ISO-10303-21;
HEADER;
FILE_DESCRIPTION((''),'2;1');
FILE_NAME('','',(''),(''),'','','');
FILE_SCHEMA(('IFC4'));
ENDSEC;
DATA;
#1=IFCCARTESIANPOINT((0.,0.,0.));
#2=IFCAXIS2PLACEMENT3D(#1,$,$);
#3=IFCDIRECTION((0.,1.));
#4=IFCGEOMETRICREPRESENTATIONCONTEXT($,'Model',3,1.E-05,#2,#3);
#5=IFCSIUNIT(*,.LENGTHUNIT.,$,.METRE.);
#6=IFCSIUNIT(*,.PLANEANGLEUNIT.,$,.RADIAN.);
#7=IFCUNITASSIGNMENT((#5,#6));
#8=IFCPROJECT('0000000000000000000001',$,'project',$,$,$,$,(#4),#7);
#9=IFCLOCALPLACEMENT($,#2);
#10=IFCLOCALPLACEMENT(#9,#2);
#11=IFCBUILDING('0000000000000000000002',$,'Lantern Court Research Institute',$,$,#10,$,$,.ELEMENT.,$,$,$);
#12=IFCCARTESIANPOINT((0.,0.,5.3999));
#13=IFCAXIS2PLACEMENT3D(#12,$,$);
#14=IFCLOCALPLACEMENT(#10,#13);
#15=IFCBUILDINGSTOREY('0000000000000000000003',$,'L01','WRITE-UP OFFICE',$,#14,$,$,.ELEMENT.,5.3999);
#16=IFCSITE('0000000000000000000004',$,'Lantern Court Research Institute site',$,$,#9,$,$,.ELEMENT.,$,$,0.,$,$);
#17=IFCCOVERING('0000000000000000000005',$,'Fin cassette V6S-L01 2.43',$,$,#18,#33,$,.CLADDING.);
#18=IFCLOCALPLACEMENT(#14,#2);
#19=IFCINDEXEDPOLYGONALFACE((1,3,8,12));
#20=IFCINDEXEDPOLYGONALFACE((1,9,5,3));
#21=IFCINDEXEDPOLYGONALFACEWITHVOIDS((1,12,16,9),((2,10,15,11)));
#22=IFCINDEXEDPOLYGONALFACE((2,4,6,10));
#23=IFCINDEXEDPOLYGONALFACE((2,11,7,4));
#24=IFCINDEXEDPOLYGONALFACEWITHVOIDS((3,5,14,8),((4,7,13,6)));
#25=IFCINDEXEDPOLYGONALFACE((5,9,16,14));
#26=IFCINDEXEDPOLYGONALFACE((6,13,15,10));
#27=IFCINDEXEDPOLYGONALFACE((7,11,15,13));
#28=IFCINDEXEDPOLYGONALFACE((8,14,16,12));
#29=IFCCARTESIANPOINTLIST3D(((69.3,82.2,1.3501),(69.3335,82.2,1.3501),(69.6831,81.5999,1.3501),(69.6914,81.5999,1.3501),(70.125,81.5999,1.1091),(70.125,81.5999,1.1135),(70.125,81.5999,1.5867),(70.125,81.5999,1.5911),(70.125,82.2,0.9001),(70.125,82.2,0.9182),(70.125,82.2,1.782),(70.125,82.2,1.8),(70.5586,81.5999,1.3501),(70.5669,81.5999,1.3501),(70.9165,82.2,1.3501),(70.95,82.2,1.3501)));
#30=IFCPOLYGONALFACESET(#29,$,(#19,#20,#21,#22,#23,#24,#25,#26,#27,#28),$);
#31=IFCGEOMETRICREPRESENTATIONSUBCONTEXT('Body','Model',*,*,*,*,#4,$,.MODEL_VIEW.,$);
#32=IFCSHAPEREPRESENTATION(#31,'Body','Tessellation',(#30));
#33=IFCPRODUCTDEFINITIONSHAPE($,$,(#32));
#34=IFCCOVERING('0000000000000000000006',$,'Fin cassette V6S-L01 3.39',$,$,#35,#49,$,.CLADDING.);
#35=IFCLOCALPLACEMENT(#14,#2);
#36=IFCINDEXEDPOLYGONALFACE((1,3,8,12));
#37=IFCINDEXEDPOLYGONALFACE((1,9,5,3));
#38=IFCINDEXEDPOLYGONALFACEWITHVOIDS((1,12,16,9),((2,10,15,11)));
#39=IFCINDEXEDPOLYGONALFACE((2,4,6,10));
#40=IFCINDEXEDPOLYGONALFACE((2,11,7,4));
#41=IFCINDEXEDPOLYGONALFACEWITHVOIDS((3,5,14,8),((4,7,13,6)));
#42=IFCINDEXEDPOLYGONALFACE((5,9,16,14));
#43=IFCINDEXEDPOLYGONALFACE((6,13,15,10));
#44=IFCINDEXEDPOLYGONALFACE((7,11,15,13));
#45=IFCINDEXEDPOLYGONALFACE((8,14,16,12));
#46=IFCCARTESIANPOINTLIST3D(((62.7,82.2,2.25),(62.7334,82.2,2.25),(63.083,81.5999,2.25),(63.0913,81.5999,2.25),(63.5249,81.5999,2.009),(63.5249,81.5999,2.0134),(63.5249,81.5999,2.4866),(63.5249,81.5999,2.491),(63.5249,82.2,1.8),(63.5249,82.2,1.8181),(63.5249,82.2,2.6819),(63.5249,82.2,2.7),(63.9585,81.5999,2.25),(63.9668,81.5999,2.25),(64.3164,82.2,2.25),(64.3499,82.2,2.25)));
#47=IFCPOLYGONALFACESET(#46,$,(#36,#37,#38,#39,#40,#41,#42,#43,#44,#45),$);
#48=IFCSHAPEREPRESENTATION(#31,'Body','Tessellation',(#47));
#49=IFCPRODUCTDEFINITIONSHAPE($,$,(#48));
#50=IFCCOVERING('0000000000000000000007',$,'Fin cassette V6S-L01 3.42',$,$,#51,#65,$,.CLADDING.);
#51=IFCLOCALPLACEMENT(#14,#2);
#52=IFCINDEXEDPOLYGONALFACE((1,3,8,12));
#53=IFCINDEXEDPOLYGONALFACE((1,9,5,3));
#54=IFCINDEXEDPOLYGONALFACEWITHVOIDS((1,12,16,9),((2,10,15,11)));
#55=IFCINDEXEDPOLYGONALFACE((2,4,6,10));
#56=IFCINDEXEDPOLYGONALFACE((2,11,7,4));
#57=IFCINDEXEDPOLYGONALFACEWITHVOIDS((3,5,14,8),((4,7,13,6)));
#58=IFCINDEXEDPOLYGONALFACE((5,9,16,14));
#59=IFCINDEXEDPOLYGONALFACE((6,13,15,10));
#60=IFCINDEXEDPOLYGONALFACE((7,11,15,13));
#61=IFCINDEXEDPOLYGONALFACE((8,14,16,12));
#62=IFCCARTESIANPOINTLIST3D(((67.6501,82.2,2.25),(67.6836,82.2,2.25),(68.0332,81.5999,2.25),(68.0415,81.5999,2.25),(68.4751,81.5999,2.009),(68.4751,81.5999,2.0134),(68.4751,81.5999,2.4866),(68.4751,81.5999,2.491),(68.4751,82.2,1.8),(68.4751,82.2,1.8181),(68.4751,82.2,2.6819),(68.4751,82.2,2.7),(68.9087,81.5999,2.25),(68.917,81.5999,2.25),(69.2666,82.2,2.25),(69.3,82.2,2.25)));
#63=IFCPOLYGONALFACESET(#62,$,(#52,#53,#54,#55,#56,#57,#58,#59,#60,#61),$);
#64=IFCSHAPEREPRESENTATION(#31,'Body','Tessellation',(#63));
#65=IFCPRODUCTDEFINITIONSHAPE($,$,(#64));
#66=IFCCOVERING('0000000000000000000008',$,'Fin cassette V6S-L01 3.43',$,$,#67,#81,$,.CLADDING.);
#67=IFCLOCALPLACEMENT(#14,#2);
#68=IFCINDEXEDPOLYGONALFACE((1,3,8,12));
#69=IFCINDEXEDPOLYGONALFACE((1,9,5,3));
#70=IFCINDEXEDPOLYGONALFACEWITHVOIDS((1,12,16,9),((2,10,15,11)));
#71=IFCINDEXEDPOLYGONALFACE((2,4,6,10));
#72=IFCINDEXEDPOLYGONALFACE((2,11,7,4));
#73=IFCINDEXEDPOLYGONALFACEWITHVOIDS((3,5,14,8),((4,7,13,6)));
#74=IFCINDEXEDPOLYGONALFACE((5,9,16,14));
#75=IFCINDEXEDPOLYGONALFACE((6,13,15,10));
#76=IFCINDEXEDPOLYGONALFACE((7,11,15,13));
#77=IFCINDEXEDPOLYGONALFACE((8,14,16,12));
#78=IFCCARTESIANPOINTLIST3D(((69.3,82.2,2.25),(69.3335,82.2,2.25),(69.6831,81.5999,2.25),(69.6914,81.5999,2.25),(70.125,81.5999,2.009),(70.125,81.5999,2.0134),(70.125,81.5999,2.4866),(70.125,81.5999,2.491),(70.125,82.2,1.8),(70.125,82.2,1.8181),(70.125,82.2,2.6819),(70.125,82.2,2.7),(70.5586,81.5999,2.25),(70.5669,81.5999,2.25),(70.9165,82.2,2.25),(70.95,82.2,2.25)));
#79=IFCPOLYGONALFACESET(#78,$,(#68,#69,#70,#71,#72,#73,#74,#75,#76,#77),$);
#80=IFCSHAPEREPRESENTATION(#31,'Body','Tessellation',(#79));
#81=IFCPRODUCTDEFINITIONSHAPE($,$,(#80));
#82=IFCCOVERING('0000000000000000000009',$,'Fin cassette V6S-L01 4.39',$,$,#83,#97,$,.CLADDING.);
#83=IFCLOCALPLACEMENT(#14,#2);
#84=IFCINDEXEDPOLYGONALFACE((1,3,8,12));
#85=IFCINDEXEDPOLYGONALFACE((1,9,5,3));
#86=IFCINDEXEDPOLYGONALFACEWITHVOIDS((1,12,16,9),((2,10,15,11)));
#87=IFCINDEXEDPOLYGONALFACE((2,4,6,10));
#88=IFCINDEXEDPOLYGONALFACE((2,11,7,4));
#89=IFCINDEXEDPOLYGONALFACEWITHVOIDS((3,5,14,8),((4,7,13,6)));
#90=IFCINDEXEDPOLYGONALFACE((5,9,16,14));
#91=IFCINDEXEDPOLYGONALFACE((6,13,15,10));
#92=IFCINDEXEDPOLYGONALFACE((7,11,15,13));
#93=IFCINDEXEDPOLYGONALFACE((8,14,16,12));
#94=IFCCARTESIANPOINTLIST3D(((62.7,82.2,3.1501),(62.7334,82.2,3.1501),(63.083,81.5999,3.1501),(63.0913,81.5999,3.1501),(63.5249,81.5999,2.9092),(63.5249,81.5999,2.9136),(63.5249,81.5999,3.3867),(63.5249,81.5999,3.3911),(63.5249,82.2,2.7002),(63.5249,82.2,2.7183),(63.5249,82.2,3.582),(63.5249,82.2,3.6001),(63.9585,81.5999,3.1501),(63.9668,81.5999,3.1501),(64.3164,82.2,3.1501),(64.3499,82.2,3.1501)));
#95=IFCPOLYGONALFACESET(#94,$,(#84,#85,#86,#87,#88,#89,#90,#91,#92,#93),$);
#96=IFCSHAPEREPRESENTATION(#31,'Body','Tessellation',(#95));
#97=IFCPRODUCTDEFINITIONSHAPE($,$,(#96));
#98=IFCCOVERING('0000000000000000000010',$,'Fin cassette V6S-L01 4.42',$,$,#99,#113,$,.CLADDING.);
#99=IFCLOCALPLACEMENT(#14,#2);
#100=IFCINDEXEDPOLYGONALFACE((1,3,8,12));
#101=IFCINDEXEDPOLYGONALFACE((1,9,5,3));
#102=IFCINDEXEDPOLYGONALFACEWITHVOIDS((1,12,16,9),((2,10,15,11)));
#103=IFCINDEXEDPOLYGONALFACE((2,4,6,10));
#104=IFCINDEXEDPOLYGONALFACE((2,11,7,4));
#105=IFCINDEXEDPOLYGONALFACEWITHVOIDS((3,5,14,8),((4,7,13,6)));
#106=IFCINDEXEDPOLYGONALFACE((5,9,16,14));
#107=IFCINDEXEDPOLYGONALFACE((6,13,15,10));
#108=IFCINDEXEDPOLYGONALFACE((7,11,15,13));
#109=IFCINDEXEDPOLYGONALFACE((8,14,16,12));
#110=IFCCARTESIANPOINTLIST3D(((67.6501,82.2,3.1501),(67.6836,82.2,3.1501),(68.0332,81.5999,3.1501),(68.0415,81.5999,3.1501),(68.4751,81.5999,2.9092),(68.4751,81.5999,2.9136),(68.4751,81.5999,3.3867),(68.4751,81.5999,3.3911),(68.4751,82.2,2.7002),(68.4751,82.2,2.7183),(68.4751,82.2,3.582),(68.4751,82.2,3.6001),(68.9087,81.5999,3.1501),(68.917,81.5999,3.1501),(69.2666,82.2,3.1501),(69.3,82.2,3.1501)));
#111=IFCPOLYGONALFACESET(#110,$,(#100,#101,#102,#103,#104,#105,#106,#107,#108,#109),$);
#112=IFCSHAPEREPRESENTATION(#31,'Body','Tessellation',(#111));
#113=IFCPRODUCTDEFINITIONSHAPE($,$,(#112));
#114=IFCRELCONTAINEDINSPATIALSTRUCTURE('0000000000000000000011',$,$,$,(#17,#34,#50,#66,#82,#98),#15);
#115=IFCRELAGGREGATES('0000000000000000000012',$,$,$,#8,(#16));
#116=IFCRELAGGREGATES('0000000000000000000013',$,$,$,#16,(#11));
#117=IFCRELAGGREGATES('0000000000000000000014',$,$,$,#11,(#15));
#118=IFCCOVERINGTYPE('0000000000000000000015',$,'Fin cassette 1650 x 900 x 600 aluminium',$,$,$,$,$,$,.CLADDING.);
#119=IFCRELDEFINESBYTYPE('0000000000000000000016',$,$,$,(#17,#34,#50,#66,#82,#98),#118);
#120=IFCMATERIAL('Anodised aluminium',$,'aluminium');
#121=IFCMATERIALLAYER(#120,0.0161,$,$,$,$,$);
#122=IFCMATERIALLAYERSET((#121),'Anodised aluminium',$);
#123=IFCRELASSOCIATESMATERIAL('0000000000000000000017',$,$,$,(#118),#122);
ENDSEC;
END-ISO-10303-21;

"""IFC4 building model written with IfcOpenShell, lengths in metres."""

from ifc_helpers import new_model, entity, si_unit, direction, frame, origin, place, context, subcontext, project, spatial, material, layer, layer_set, type_object, element, save


model = new_model("IFC4")

# Units and contexts
model_context = context("Model", 3, precision=1e-05, world=origin(), true_north=direction((0.0, 1.0)))
body_context = subcontext(model_context, "Body", "Model", "MODEL_VIEW")
ifc_project = project(units=[si_unit("LENGTHUNIT", "METRE"), si_unit("PLANEANGLEUNIT", "RADIAN")], contexts=[model_context])

# Site, building, storey
site_placement = place(None, origin())
site = spatial("IfcSite", under=ifc_project, at=site_placement, Name="Lantern Court Research Institute site", CompositionType="ELEMENT", RefElevation=0.0)
building_placement = place(site_placement, origin())
building = spatial("IfcBuilding", under=site, at=building_placement, Name="Lantern Court Research Institute", CompositionType="ELEMENT")
storey_placement = place(building_placement, frame((0.0, 0.0, 5.3999)))
storey = spatial("IfcBuildingStorey", under=building, at=storey_placement, Name="L01", Description="WRITE-UP OFFICE", CompositionType="ELEMENT", Elevation=5.3999)

# Coverings
ifc_material_1 = material(Name="Anodised aluminium", Category="aluminium")
ifc_layer_1 = layer(ifc_material_1, 0.0161)
ifc_layer_set_1 = layer_set([ifc_layer_1], Name="Anodised aluminium")
covering_type_1 = type_object("IfcCoveringType", Name="Fin cassette 1650 x 900 x 600 aluminium", PredefinedType="CLADDING", material=ifc_layer_set_1)
covering_1_placement = place(storey_placement, frame((70.125, 82.2, 1.3501), z_axis=(0.0, -1.0, 0.0), x_axis=(1.0, 0.0, 0.0)))
cartesian_point_1 = entity("IfcCartesianPoint", [0.825, 0.0])
cartesian_point_2 = entity("IfcCartesianPoint", [0.7915, 0.0])
cartesian_point_3 = entity("IfcCartesianPoint", [0.4419, 0.0])
cartesian_point_4 = entity("IfcCartesianPoint", [0.4336, 0.0])
element("IfcCovering", 1, at=covering_1_placement, inside=storey, type_object=covering_type_1, Name="Fin cassette V6S-L01 2.43", PredefinedType="CLADDING", context=body_context, shape_type="SweptSolid", body=[
    entity("IfcExtrudedAreaSolidTapered", entity("IfcArbitraryProfileDefWithVoids", "AREA", None, entity("IfcPolyline", [cartesian_point_1, entity("IfcCartesianPoint", [0.0, 0.45]), entity("IfcCartesianPoint", [-0.825, 0.0]), entity("IfcCartesianPoint", [0.0, -0.45]), cartesian_point_1]), [entity("IfcPolyline", [cartesian_point_2, entity("IfcCartesianPoint", [0.0, 0.4319]), entity("IfcCartesianPoint", [-0.7915, 0.0]), entity("IfcCartesianPoint", [0.0, -0.4319]), cartesian_point_2])]), entity("IfcAxis2Placement3D", entity("IfcCartesianPoint", [0.0, 0.0, 0.0])), entity("IfcDirection", [0.0, 0.0, 1.0]), 0.6001, entity("IfcArbitraryProfileDefWithVoids", "AREA", None, entity("IfcPolyline", [cartesian_point_3, entity("IfcCartesianPoint", [0.0, 0.241]), entity("IfcCartesianPoint", [-0.4419, 0.0]), entity("IfcCartesianPoint", [0.0, -0.241]), cartesian_point_3]), [entity("IfcPolyline", [cartesian_point_4, entity("IfcCartesianPoint", [0.0, 0.2366]), entity("IfcCartesianPoint", [-0.4336, 0.0]), entity("IfcCartesianPoint", [0.0, -0.2366]), cartesian_point_4])])),
])
covering_2_placement = place(storey_placement, frame((63.5249, 82.2, 2.25), z_axis=(0.0, -1.0, 0.0), x_axis=(1.0, 0.0, 0.0)))
cartesian_point_5 = entity("IfcCartesianPoint", [0.825, 0.0])
cartesian_point_6 = entity("IfcCartesianPoint", [0.7915, 0.0])
cartesian_point_7 = entity("IfcCartesianPoint", [0.4419, 0.0])
cartesian_point_8 = entity("IfcCartesianPoint", [0.4336, 0.0])
element("IfcCovering", 2, at=covering_2_placement, inside=storey, type_object=covering_type_1, Name="Fin cassette V6S-L01 3.39", PredefinedType="CLADDING", context=body_context, shape_type="SweptSolid", body=[
    entity("IfcExtrudedAreaSolidTapered", entity("IfcArbitraryProfileDefWithVoids", "AREA", None, entity("IfcPolyline", [cartesian_point_5, entity("IfcCartesianPoint", [0.0, 0.45]), entity("IfcCartesianPoint", [-0.825, 0.0]), entity("IfcCartesianPoint", [0.0, -0.45]), cartesian_point_5]), [entity("IfcPolyline", [cartesian_point_6, entity("IfcCartesianPoint", [0.0, 0.4319]), entity("IfcCartesianPoint", [-0.7915, 0.0]), entity("IfcCartesianPoint", [0.0, -0.4319]), cartesian_point_6])]), entity("IfcAxis2Placement3D", entity("IfcCartesianPoint", [0.0, 0.0, 0.0])), entity("IfcDirection", [0.0, 0.0, 1.0]), 0.6001, entity("IfcArbitraryProfileDefWithVoids", "AREA", None, entity("IfcPolyline", [cartesian_point_7, entity("IfcCartesianPoint", [0.0, 0.241]), entity("IfcCartesianPoint", [-0.4419, 0.0]), entity("IfcCartesianPoint", [0.0, -0.241]), cartesian_point_7]), [entity("IfcPolyline", [cartesian_point_8, entity("IfcCartesianPoint", [0.0, 0.2366]), entity("IfcCartesianPoint", [-0.4336, 0.0]), entity("IfcCartesianPoint", [0.0, -0.2366]), cartesian_point_8])])),
])
covering_3_placement = place(storey_placement, frame((68.4751, 82.2, 2.25), z_axis=(0.0, -1.0, 0.0), x_axis=(1.0, 0.0, 0.0)))
cartesian_point_9 = entity("IfcCartesianPoint", [0.825, 0.0])
cartesian_point_10 = entity("IfcCartesianPoint", [0.7915, 0.0])
cartesian_point_11 = entity("IfcCartesianPoint", [0.4419, 0.0])
cartesian_point_12 = entity("IfcCartesianPoint", [0.4336, 0.0])
element("IfcCovering", 3, at=covering_3_placement, inside=storey, type_object=covering_type_1, Name="Fin cassette V6S-L01 3.42", PredefinedType="CLADDING", context=body_context, shape_type="SweptSolid", body=[
    entity("IfcExtrudedAreaSolidTapered", entity("IfcArbitraryProfileDefWithVoids", "AREA", None, entity("IfcPolyline", [cartesian_point_9, entity("IfcCartesianPoint", [0.0, 0.45]), entity("IfcCartesianPoint", [-0.825, 0.0]), entity("IfcCartesianPoint", [0.0, -0.45]), cartesian_point_9]), [entity("IfcPolyline", [cartesian_point_10, entity("IfcCartesianPoint", [0.0, 0.4319]), entity("IfcCartesianPoint", [-0.7915, 0.0]), entity("IfcCartesianPoint", [0.0, -0.4319]), cartesian_point_10])]), entity("IfcAxis2Placement3D", entity("IfcCartesianPoint", [0.0, 0.0, 0.0])), entity("IfcDirection", [0.0, 0.0, 1.0]), 0.6001, entity("IfcArbitraryProfileDefWithVoids", "AREA", None, entity("IfcPolyline", [cartesian_point_11, entity("IfcCartesianPoint", [0.0, 0.241]), entity("IfcCartesianPoint", [-0.4419, 0.0]), entity("IfcCartesianPoint", [0.0, -0.241]), cartesian_point_11]), [entity("IfcPolyline", [cartesian_point_12, entity("IfcCartesianPoint", [0.0, 0.2366]), entity("IfcCartesianPoint", [-0.4336, 0.0]), entity("IfcCartesianPoint", [0.0, -0.2366]), cartesian_point_12])])),
])
covering_4_placement = place(storey_placement, frame((70.125, 82.2, 2.25), z_axis=(0.0, -1.0, 0.0), x_axis=(1.0, 0.0, 0.0)))
cartesian_point_13 = entity("IfcCartesianPoint", [0.825, 0.0])
cartesian_point_14 = entity("IfcCartesianPoint", [0.7915, 0.0])
cartesian_point_15 = entity("IfcCartesianPoint", [0.4419, 0.0])
cartesian_point_16 = entity("IfcCartesianPoint", [0.4336, 0.0])
element("IfcCovering", 4, at=covering_4_placement, inside=storey, type_object=covering_type_1, Name="Fin cassette V6S-L01 3.43", PredefinedType="CLADDING", context=body_context, shape_type="SweptSolid", body=[
    entity("IfcExtrudedAreaSolidTapered", entity("IfcArbitraryProfileDefWithVoids", "AREA", None, entity("IfcPolyline", [cartesian_point_13, entity("IfcCartesianPoint", [0.0, 0.45]), entity("IfcCartesianPoint", [-0.825, 0.0]), entity("IfcCartesianPoint", [0.0, -0.45]), cartesian_point_13]), [entity("IfcPolyline", [cartesian_point_14, entity("IfcCartesianPoint", [0.0, 0.4319]), entity("IfcCartesianPoint", [-0.7915, 0.0]), entity("IfcCartesianPoint", [0.0, -0.4319]), cartesian_point_14])]), entity("IfcAxis2Placement3D", entity("IfcCartesianPoint", [0.0, 0.0, 0.0])), entity("IfcDirection", [0.0, 0.0, 1.0]), 0.6001, entity("IfcArbitraryProfileDefWithVoids", "AREA", None, entity("IfcPolyline", [cartesian_point_15, entity("IfcCartesianPoint", [0.0, 0.241]), entity("IfcCartesianPoint", [-0.4419, 0.0]), entity("IfcCartesianPoint", [0.0, -0.241]), cartesian_point_15]), [entity("IfcPolyline", [cartesian_point_16, entity("IfcCartesianPoint", [0.0, 0.2366]), entity("IfcCartesianPoint", [-0.4336, 0.0]), entity("IfcCartesianPoint", [0.0, -0.2366]), cartesian_point_16])])),
])
covering_5_placement = place(storey_placement, frame((63.5249, 82.2, 3.1501), z_axis=(0.0, -1.0, 0.0), x_axis=(1.0, 0.0, 0.0)))
cartesian_point_17 = entity("IfcCartesianPoint", [0.825, 0.0])
cartesian_point_18 = entity("IfcCartesianPoint", [0.7915, 0.0])
cartesian_point_19 = entity("IfcCartesianPoint", [0.4419, 0.0])
cartesian_point_20 = entity("IfcCartesianPoint", [0.4336, 0.0])
element("IfcCovering", 5, at=covering_5_placement, inside=storey, type_object=covering_type_1, Name="Fin cassette V6S-L01 4.39", PredefinedType="CLADDING", context=body_context, shape_type="SweptSolid", body=[
    entity("IfcExtrudedAreaSolidTapered", entity("IfcArbitraryProfileDefWithVoids", "AREA", None, entity("IfcPolyline", [cartesian_point_17, entity("IfcCartesianPoint", [0.0, 0.45]), entity("IfcCartesianPoint", [-0.825, 0.0]), entity("IfcCartesianPoint", [0.0, -0.45]), cartesian_point_17]), [entity("IfcPolyline", [cartesian_point_18, entity("IfcCartesianPoint", [0.0, 0.4319]), entity("IfcCartesianPoint", [-0.7915, 0.0]), entity("IfcCartesianPoint", [0.0, -0.4319]), cartesian_point_18])]), entity("IfcAxis2Placement3D", entity("IfcCartesianPoint", [0.0, 0.0, 0.0])), entity("IfcDirection", [0.0, 0.0, 1.0]), 0.6001, entity("IfcArbitraryProfileDefWithVoids", "AREA", None, entity("IfcPolyline", [cartesian_point_19, entity("IfcCartesianPoint", [0.0, 0.241]), entity("IfcCartesianPoint", [-0.4419, 0.0]), entity("IfcCartesianPoint", [0.0, -0.241]), cartesian_point_19]), [entity("IfcPolyline", [cartesian_point_20, entity("IfcCartesianPoint", [0.0, 0.2366]), entity("IfcCartesianPoint", [-0.4336, 0.0]), entity("IfcCartesianPoint", [0.0, -0.2366]), cartesian_point_20])])),
])
covering_6_placement = place(storey_placement, frame((68.4751, 82.2, 3.1501), z_axis=(0.0, -1.0, 0.0), x_axis=(1.0, 0.0, 0.0)))
cartesian_point_21 = entity("IfcCartesianPoint", [0.825, 0.0])
cartesian_point_22 = entity("IfcCartesianPoint", [0.7915, 0.0])
cartesian_point_23 = entity("IfcCartesianPoint", [0.4419, 0.0])
cartesian_point_24 = entity("IfcCartesianPoint", [0.4336, 0.0])
element("IfcCovering", 6, at=covering_6_placement, inside=storey, type_object=covering_type_1, Name="Fin cassette V6S-L01 4.42", PredefinedType="CLADDING", context=body_context, shape_type="SweptSolid", body=[
    entity("IfcExtrudedAreaSolidTapered", entity("IfcArbitraryProfileDefWithVoids", "AREA", None, entity("IfcPolyline", [cartesian_point_21, entity("IfcCartesianPoint", [0.0, 0.45]), entity("IfcCartesianPoint", [-0.825, 0.0]), entity("IfcCartesianPoint", [0.0, -0.45]), cartesian_point_21]), [entity("IfcPolyline", [cartesian_point_22, entity("IfcCartesianPoint", [0.0, 0.4319]), entity("IfcCartesianPoint", [-0.7915, 0.0]), entity("IfcCartesianPoint", [0.0, -0.4319]), cartesian_point_22])]), entity("IfcAxis2Placement3D", entity("IfcCartesianPoint", [0.0, 0.0, 0.0])), entity("IfcDirection", [0.0, 0.0, 1.0]), 0.6001, entity("IfcArbitraryProfileDefWithVoids", "AREA", None, entity("IfcPolyline", [cartesian_point_23, entity("IfcCartesianPoint", [0.0, 0.241]), entity("IfcCartesianPoint", [-0.4419, 0.0]), entity("IfcCartesianPoint", [0.0, -0.241]), cartesian_point_23]), [entity("IfcPolyline", [cartesian_point_24, entity("IfcCartesianPoint", [0.0, 0.2366]), entity("IfcCartesianPoint", [-0.4336, 0.0]), entity("IfcCartesianPoint", [0.0, -0.2366]), cartesian_point_24])])),
])

save(model, "model.ifc")
